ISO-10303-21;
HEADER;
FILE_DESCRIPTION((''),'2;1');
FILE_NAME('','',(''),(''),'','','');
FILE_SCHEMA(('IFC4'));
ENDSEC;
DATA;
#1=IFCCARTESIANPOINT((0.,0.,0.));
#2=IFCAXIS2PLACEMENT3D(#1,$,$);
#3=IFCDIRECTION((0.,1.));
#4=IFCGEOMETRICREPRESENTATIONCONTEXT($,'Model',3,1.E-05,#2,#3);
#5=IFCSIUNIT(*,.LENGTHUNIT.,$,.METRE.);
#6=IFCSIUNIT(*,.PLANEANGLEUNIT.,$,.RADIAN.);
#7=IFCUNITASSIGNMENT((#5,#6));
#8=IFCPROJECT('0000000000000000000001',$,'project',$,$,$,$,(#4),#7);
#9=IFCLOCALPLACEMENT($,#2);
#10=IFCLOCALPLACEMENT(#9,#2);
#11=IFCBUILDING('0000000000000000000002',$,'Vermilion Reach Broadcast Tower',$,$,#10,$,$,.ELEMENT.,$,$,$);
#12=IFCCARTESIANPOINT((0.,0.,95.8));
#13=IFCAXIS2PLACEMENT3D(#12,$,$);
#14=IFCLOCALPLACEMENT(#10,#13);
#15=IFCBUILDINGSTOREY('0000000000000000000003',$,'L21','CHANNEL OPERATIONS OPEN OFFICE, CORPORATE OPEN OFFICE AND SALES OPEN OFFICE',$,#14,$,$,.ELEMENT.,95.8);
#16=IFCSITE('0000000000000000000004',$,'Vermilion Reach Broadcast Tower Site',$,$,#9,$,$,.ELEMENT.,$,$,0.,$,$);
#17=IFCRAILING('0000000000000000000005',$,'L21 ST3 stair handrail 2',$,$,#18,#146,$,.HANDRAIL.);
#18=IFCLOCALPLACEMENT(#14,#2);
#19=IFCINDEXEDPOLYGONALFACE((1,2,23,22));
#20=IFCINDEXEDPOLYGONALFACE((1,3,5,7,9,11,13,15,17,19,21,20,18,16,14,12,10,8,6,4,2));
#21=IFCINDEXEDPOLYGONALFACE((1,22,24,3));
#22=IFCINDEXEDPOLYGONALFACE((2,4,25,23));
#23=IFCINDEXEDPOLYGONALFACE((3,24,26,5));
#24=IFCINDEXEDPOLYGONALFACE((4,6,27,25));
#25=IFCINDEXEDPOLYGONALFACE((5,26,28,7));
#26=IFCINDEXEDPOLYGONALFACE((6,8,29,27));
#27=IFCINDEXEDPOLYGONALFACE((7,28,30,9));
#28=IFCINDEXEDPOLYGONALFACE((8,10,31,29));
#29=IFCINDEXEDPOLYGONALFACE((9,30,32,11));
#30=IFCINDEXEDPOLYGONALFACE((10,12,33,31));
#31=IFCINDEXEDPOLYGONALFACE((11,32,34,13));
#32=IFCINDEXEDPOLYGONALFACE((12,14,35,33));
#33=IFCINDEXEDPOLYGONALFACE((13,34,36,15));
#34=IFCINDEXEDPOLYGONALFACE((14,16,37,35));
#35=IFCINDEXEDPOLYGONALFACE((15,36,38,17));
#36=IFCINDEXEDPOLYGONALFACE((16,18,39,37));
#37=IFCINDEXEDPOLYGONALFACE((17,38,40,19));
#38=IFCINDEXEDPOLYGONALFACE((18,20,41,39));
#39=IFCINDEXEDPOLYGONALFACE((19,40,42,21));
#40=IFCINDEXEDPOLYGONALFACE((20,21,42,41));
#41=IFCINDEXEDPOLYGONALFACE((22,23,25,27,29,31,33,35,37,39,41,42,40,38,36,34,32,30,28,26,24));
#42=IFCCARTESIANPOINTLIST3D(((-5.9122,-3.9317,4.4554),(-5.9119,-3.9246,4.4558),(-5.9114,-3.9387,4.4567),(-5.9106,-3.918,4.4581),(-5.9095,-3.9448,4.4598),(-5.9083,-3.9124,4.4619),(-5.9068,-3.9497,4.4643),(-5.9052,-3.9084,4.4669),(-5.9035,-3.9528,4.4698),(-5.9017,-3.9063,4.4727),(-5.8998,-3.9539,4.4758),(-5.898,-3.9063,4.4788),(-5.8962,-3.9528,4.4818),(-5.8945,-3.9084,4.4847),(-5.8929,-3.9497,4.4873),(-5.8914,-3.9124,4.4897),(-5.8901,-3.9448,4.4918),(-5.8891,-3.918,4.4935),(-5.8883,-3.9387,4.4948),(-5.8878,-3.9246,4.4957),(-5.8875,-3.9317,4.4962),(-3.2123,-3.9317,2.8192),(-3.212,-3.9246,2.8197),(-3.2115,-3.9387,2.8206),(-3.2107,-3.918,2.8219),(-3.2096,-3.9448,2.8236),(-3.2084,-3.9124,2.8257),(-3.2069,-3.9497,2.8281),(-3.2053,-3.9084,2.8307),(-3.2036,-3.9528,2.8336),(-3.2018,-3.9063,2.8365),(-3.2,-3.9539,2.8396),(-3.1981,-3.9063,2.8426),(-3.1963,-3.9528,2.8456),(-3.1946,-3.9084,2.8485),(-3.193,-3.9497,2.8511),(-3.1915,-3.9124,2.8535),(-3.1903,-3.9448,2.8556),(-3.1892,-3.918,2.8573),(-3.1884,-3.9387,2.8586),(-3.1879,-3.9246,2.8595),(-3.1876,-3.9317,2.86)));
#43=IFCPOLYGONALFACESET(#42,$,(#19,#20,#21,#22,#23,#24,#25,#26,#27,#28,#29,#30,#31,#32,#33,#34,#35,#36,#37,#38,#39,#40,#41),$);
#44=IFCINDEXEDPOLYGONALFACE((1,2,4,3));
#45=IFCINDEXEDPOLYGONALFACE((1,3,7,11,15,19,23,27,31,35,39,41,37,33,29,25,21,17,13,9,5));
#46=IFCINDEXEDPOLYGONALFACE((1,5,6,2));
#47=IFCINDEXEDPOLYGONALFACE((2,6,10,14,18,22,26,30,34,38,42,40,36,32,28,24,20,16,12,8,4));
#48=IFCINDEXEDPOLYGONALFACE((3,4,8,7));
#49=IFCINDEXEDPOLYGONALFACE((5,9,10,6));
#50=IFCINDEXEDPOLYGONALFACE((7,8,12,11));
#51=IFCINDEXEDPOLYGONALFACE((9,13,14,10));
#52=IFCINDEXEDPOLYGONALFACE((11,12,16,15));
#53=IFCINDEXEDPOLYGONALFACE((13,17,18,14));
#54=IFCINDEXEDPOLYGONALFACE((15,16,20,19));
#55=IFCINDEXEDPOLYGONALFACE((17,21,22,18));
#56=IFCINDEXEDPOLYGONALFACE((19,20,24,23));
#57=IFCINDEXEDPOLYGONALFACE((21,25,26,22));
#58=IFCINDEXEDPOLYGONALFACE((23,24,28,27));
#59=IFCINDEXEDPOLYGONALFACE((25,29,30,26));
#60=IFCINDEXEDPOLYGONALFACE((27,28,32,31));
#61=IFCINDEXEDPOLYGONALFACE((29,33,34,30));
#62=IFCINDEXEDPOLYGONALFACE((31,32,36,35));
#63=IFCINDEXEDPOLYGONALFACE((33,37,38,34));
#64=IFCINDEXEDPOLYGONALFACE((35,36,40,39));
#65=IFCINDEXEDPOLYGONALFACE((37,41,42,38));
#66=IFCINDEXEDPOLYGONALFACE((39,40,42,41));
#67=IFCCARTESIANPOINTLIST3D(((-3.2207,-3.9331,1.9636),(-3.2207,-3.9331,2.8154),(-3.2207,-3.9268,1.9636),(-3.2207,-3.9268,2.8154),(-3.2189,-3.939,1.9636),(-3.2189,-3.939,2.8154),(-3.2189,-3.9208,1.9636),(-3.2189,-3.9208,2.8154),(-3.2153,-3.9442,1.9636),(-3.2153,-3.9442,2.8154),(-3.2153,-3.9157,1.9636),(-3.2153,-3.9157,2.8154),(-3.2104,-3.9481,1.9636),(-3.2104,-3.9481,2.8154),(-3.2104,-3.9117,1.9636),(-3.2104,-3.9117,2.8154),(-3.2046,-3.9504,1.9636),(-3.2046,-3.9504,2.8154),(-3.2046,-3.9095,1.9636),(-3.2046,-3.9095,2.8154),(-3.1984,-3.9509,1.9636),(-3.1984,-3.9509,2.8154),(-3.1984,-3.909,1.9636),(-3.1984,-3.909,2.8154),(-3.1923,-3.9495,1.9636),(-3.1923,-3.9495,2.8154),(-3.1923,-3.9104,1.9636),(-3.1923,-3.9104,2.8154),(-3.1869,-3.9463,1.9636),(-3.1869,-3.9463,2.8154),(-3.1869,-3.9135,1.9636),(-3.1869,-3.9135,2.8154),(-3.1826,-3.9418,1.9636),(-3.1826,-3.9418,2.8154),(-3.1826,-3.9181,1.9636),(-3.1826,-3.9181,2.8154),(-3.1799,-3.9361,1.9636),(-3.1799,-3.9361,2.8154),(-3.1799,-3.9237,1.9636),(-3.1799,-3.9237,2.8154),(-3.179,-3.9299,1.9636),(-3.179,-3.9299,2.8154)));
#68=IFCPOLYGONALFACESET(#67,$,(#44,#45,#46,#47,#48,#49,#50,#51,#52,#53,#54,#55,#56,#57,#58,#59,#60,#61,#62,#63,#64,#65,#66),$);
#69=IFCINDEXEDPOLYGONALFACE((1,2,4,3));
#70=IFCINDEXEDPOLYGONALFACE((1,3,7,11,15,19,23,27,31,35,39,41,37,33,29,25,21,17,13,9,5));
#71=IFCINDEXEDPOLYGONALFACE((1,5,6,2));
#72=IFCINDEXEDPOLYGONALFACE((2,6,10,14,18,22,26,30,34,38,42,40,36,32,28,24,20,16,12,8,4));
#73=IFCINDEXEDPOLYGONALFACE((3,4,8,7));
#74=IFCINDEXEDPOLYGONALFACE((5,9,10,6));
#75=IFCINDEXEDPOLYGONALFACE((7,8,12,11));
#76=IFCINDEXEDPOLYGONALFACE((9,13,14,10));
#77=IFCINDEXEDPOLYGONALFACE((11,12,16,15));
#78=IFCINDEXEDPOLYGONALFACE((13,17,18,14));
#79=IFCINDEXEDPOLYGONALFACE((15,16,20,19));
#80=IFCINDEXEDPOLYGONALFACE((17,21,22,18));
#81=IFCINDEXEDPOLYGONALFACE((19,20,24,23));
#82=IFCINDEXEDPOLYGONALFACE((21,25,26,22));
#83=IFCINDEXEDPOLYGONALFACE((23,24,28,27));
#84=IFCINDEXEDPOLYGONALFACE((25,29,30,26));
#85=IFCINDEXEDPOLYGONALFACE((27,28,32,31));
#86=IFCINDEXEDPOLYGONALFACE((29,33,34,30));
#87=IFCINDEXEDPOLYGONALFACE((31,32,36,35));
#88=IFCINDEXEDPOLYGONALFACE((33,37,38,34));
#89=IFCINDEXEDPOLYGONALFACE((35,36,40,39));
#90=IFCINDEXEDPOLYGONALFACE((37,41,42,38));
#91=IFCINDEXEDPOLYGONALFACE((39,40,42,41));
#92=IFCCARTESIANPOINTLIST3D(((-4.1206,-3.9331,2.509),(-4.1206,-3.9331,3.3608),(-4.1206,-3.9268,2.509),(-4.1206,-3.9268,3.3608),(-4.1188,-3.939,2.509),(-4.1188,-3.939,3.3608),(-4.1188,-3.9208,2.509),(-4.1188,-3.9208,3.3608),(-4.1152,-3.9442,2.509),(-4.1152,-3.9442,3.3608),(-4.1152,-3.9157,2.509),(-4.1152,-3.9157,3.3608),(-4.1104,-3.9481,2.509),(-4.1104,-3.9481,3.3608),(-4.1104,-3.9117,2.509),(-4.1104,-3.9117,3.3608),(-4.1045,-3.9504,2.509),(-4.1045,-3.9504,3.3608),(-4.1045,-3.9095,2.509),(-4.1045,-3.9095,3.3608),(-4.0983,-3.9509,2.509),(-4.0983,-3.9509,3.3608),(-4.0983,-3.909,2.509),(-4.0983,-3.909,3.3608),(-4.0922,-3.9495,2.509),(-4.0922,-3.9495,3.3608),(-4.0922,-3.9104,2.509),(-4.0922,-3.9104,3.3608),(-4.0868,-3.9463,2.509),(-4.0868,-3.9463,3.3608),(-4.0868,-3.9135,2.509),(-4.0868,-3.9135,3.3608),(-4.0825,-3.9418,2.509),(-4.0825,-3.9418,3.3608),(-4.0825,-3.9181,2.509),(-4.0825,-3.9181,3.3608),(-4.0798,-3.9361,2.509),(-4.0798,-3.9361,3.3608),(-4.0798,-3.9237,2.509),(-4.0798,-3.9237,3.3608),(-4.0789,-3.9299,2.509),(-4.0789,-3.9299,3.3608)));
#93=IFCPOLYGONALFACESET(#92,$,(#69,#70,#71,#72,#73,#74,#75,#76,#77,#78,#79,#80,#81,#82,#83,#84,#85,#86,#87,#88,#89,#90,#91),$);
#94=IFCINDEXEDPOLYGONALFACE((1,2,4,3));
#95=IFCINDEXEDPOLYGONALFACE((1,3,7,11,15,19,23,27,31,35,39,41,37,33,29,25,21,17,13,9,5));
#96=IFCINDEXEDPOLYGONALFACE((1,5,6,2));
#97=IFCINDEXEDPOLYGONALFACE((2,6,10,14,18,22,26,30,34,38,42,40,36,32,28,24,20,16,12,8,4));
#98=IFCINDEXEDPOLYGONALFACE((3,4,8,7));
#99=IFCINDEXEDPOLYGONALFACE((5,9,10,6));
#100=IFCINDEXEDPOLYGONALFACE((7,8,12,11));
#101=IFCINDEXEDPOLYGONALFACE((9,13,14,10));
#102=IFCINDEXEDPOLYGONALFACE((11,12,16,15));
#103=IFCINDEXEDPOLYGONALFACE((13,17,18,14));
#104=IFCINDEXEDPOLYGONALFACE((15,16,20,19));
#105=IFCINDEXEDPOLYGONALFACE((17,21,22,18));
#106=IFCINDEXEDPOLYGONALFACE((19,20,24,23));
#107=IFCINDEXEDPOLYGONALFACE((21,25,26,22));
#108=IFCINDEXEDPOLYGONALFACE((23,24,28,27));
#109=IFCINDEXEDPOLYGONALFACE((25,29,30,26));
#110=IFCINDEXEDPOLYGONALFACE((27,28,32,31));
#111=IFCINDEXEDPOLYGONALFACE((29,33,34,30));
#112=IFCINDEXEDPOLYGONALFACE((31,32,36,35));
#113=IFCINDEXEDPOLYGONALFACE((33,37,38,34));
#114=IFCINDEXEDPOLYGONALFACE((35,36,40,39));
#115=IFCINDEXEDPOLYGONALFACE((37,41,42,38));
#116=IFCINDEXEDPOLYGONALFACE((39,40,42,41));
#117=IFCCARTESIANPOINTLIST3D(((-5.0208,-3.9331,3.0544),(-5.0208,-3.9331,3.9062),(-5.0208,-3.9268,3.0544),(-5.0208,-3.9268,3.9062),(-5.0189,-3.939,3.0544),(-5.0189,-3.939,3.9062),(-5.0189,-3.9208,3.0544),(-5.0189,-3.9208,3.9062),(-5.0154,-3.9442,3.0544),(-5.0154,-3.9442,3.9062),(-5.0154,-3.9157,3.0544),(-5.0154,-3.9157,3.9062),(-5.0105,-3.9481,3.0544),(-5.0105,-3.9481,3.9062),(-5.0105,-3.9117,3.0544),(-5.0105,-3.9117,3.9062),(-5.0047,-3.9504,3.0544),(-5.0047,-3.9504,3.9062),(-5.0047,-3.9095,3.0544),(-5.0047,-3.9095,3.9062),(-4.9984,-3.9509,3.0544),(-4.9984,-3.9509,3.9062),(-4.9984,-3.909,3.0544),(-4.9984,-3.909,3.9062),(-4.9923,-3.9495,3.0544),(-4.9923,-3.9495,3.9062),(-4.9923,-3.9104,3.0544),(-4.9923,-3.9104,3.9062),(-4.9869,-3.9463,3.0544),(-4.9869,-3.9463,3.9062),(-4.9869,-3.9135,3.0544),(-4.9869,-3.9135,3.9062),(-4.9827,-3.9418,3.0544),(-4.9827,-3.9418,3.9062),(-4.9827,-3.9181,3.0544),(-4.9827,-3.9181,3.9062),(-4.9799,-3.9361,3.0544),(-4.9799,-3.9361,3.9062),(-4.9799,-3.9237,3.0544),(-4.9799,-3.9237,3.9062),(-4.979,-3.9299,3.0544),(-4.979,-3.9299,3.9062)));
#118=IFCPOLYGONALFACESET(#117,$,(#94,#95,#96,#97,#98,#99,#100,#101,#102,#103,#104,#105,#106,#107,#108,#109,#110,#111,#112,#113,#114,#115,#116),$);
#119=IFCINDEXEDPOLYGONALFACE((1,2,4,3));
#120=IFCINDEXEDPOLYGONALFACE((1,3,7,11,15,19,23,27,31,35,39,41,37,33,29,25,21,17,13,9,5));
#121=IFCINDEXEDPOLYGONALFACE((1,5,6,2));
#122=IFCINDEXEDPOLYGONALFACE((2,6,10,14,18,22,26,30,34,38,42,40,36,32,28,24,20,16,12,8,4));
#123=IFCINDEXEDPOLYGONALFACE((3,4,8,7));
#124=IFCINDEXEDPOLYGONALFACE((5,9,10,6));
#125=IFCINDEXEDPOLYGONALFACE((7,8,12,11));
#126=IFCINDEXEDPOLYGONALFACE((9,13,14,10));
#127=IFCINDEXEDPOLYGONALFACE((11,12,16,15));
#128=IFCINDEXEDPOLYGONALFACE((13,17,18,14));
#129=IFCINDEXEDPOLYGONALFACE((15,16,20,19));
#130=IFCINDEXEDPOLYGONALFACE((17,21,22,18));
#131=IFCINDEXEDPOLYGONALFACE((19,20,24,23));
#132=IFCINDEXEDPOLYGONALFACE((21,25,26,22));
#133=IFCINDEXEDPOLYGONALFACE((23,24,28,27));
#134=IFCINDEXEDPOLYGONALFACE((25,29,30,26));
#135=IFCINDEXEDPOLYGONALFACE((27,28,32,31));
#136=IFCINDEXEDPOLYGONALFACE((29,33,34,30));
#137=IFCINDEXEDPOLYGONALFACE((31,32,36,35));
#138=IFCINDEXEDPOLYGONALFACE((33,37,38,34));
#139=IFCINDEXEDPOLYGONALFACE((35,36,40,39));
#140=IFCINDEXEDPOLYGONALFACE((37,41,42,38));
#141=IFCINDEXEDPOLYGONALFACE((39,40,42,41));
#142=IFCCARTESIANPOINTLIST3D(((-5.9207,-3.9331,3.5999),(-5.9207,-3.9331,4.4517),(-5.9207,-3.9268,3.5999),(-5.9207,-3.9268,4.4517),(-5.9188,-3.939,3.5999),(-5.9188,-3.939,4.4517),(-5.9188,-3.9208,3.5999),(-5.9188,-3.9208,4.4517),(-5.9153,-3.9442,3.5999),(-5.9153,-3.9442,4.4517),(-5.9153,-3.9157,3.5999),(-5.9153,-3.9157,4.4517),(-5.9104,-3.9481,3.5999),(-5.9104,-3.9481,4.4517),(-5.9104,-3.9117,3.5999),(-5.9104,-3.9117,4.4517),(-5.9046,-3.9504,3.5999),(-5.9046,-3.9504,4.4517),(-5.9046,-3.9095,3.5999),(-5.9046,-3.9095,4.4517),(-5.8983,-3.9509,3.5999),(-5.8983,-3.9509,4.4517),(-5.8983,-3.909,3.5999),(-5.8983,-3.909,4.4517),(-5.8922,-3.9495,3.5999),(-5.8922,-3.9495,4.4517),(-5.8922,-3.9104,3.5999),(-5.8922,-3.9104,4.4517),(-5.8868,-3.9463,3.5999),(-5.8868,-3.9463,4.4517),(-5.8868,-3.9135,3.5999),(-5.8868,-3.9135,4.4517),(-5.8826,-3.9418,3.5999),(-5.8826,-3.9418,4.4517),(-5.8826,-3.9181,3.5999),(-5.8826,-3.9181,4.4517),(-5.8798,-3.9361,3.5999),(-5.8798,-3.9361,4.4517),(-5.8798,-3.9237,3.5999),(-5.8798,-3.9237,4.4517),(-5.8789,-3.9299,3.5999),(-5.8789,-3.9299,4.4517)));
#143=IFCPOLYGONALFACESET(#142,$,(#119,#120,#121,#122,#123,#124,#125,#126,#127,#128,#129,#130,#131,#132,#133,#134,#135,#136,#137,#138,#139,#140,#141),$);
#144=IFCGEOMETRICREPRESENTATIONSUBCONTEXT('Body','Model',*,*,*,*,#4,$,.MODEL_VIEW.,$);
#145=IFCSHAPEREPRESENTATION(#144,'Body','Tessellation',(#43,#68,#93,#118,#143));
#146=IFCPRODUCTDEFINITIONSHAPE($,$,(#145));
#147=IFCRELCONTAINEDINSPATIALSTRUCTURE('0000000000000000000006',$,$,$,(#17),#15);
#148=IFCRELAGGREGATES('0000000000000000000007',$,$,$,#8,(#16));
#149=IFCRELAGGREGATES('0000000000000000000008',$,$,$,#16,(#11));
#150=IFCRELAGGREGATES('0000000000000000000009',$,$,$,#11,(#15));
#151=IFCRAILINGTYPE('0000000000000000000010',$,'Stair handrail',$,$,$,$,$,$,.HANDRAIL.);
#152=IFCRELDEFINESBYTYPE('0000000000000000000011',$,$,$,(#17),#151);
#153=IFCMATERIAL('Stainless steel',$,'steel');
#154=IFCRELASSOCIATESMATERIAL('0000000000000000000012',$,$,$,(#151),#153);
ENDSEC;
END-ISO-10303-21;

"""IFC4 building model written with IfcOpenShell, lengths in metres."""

from ifc_helpers import new_model, si_unit, direction, frame, origin, origin_2d, place, context, subcontext, project, spatial, circle, extrude, material, type_object, element, save


model = new_model("IFC4")

# Units and contexts
model_context = context("Model", 3, precision=1e-05, world=origin(), true_north=direction((0.0, 1.0)))
body_context = subcontext(model_context, "Body", "Model", "MODEL_VIEW")
ifc_project = project(units=[si_unit("LENGTHUNIT", "METRE"), si_unit("PLANEANGLEUNIT", "RADIAN")], contexts=[model_context])

# Site, building, storey
site_placement = place(None, origin())
site = spatial("IfcSite", under=ifc_project, at=site_placement, Name="Vermilion Reach Broadcast Tower Site", CompositionType="ELEMENT", RefElevation=0.0)
building_placement = place(site_placement, origin())
building = spatial("IfcBuilding", under=site, at=building_placement, Name="Vermilion Reach Broadcast Tower", CompositionType="ELEMENT")
storey_placement = place(building_placement, frame((0.0, 0.0, 95.8)))
storey = spatial("IfcBuildingStorey", under=building, at=storey_placement, Name="L21", Description="CHANNEL OPERATIONS OPEN OFFICE, CORPORATE OPEN OFFICE AND SALES OPEN OFFICE", CompositionType="ELEMENT", Elevation=95.8)

# Railing
ifc_material_1 = material(Name="Stainless steel", Category="steel")
railing_type_1 = type_object("IfcRailingType", Name="Stair handrail", PredefinedType="HANDRAIL", material=ifc_material_1)
railing_1_placement = place(storey_placement, frame((-3.2, -3.9299, 1.9636)))
element("IfcRailing", 1, at=railing_1_placement, inside=storey, type_object=railing_type_1, Name="L21 ST3 stair handrail 2", PredefinedType="HANDRAIL", context=body_context, shape_type="SweptSolid", body=[
    extrude(circle(Radius=0.0239, at=origin_2d()), frame((0.0, 0.0, 0.876), z_axis=(-0.855212, 0.0, 0.518278), x_axis=(0.0, -1.0, 0.0)), (0.0, 0.0, 1.0), 3.157),
    extrude(circle(Radius=0.021, at=origin_2d()), origin(), (0.0, 0.0, 1.0), 0.8518),
    extrude(circle(Radius=0.021, at=origin_2d()), frame((-0.8999, 0.0, 0.5454)), (0.0, 0.0, 1.0), 0.8518),
    extrude(circle(Radius=0.021, at=origin_2d()), frame((-1.8, 0.0, 1.0908)), (0.0, 0.0, 1.0), 0.8518),
    extrude(circle(Radius=0.021, at=origin_2d()), frame((-2.7, 0.0, 1.6362)), (0.0, 0.0, 1.0), 0.8518),
])

save(model, "model.ifc")
